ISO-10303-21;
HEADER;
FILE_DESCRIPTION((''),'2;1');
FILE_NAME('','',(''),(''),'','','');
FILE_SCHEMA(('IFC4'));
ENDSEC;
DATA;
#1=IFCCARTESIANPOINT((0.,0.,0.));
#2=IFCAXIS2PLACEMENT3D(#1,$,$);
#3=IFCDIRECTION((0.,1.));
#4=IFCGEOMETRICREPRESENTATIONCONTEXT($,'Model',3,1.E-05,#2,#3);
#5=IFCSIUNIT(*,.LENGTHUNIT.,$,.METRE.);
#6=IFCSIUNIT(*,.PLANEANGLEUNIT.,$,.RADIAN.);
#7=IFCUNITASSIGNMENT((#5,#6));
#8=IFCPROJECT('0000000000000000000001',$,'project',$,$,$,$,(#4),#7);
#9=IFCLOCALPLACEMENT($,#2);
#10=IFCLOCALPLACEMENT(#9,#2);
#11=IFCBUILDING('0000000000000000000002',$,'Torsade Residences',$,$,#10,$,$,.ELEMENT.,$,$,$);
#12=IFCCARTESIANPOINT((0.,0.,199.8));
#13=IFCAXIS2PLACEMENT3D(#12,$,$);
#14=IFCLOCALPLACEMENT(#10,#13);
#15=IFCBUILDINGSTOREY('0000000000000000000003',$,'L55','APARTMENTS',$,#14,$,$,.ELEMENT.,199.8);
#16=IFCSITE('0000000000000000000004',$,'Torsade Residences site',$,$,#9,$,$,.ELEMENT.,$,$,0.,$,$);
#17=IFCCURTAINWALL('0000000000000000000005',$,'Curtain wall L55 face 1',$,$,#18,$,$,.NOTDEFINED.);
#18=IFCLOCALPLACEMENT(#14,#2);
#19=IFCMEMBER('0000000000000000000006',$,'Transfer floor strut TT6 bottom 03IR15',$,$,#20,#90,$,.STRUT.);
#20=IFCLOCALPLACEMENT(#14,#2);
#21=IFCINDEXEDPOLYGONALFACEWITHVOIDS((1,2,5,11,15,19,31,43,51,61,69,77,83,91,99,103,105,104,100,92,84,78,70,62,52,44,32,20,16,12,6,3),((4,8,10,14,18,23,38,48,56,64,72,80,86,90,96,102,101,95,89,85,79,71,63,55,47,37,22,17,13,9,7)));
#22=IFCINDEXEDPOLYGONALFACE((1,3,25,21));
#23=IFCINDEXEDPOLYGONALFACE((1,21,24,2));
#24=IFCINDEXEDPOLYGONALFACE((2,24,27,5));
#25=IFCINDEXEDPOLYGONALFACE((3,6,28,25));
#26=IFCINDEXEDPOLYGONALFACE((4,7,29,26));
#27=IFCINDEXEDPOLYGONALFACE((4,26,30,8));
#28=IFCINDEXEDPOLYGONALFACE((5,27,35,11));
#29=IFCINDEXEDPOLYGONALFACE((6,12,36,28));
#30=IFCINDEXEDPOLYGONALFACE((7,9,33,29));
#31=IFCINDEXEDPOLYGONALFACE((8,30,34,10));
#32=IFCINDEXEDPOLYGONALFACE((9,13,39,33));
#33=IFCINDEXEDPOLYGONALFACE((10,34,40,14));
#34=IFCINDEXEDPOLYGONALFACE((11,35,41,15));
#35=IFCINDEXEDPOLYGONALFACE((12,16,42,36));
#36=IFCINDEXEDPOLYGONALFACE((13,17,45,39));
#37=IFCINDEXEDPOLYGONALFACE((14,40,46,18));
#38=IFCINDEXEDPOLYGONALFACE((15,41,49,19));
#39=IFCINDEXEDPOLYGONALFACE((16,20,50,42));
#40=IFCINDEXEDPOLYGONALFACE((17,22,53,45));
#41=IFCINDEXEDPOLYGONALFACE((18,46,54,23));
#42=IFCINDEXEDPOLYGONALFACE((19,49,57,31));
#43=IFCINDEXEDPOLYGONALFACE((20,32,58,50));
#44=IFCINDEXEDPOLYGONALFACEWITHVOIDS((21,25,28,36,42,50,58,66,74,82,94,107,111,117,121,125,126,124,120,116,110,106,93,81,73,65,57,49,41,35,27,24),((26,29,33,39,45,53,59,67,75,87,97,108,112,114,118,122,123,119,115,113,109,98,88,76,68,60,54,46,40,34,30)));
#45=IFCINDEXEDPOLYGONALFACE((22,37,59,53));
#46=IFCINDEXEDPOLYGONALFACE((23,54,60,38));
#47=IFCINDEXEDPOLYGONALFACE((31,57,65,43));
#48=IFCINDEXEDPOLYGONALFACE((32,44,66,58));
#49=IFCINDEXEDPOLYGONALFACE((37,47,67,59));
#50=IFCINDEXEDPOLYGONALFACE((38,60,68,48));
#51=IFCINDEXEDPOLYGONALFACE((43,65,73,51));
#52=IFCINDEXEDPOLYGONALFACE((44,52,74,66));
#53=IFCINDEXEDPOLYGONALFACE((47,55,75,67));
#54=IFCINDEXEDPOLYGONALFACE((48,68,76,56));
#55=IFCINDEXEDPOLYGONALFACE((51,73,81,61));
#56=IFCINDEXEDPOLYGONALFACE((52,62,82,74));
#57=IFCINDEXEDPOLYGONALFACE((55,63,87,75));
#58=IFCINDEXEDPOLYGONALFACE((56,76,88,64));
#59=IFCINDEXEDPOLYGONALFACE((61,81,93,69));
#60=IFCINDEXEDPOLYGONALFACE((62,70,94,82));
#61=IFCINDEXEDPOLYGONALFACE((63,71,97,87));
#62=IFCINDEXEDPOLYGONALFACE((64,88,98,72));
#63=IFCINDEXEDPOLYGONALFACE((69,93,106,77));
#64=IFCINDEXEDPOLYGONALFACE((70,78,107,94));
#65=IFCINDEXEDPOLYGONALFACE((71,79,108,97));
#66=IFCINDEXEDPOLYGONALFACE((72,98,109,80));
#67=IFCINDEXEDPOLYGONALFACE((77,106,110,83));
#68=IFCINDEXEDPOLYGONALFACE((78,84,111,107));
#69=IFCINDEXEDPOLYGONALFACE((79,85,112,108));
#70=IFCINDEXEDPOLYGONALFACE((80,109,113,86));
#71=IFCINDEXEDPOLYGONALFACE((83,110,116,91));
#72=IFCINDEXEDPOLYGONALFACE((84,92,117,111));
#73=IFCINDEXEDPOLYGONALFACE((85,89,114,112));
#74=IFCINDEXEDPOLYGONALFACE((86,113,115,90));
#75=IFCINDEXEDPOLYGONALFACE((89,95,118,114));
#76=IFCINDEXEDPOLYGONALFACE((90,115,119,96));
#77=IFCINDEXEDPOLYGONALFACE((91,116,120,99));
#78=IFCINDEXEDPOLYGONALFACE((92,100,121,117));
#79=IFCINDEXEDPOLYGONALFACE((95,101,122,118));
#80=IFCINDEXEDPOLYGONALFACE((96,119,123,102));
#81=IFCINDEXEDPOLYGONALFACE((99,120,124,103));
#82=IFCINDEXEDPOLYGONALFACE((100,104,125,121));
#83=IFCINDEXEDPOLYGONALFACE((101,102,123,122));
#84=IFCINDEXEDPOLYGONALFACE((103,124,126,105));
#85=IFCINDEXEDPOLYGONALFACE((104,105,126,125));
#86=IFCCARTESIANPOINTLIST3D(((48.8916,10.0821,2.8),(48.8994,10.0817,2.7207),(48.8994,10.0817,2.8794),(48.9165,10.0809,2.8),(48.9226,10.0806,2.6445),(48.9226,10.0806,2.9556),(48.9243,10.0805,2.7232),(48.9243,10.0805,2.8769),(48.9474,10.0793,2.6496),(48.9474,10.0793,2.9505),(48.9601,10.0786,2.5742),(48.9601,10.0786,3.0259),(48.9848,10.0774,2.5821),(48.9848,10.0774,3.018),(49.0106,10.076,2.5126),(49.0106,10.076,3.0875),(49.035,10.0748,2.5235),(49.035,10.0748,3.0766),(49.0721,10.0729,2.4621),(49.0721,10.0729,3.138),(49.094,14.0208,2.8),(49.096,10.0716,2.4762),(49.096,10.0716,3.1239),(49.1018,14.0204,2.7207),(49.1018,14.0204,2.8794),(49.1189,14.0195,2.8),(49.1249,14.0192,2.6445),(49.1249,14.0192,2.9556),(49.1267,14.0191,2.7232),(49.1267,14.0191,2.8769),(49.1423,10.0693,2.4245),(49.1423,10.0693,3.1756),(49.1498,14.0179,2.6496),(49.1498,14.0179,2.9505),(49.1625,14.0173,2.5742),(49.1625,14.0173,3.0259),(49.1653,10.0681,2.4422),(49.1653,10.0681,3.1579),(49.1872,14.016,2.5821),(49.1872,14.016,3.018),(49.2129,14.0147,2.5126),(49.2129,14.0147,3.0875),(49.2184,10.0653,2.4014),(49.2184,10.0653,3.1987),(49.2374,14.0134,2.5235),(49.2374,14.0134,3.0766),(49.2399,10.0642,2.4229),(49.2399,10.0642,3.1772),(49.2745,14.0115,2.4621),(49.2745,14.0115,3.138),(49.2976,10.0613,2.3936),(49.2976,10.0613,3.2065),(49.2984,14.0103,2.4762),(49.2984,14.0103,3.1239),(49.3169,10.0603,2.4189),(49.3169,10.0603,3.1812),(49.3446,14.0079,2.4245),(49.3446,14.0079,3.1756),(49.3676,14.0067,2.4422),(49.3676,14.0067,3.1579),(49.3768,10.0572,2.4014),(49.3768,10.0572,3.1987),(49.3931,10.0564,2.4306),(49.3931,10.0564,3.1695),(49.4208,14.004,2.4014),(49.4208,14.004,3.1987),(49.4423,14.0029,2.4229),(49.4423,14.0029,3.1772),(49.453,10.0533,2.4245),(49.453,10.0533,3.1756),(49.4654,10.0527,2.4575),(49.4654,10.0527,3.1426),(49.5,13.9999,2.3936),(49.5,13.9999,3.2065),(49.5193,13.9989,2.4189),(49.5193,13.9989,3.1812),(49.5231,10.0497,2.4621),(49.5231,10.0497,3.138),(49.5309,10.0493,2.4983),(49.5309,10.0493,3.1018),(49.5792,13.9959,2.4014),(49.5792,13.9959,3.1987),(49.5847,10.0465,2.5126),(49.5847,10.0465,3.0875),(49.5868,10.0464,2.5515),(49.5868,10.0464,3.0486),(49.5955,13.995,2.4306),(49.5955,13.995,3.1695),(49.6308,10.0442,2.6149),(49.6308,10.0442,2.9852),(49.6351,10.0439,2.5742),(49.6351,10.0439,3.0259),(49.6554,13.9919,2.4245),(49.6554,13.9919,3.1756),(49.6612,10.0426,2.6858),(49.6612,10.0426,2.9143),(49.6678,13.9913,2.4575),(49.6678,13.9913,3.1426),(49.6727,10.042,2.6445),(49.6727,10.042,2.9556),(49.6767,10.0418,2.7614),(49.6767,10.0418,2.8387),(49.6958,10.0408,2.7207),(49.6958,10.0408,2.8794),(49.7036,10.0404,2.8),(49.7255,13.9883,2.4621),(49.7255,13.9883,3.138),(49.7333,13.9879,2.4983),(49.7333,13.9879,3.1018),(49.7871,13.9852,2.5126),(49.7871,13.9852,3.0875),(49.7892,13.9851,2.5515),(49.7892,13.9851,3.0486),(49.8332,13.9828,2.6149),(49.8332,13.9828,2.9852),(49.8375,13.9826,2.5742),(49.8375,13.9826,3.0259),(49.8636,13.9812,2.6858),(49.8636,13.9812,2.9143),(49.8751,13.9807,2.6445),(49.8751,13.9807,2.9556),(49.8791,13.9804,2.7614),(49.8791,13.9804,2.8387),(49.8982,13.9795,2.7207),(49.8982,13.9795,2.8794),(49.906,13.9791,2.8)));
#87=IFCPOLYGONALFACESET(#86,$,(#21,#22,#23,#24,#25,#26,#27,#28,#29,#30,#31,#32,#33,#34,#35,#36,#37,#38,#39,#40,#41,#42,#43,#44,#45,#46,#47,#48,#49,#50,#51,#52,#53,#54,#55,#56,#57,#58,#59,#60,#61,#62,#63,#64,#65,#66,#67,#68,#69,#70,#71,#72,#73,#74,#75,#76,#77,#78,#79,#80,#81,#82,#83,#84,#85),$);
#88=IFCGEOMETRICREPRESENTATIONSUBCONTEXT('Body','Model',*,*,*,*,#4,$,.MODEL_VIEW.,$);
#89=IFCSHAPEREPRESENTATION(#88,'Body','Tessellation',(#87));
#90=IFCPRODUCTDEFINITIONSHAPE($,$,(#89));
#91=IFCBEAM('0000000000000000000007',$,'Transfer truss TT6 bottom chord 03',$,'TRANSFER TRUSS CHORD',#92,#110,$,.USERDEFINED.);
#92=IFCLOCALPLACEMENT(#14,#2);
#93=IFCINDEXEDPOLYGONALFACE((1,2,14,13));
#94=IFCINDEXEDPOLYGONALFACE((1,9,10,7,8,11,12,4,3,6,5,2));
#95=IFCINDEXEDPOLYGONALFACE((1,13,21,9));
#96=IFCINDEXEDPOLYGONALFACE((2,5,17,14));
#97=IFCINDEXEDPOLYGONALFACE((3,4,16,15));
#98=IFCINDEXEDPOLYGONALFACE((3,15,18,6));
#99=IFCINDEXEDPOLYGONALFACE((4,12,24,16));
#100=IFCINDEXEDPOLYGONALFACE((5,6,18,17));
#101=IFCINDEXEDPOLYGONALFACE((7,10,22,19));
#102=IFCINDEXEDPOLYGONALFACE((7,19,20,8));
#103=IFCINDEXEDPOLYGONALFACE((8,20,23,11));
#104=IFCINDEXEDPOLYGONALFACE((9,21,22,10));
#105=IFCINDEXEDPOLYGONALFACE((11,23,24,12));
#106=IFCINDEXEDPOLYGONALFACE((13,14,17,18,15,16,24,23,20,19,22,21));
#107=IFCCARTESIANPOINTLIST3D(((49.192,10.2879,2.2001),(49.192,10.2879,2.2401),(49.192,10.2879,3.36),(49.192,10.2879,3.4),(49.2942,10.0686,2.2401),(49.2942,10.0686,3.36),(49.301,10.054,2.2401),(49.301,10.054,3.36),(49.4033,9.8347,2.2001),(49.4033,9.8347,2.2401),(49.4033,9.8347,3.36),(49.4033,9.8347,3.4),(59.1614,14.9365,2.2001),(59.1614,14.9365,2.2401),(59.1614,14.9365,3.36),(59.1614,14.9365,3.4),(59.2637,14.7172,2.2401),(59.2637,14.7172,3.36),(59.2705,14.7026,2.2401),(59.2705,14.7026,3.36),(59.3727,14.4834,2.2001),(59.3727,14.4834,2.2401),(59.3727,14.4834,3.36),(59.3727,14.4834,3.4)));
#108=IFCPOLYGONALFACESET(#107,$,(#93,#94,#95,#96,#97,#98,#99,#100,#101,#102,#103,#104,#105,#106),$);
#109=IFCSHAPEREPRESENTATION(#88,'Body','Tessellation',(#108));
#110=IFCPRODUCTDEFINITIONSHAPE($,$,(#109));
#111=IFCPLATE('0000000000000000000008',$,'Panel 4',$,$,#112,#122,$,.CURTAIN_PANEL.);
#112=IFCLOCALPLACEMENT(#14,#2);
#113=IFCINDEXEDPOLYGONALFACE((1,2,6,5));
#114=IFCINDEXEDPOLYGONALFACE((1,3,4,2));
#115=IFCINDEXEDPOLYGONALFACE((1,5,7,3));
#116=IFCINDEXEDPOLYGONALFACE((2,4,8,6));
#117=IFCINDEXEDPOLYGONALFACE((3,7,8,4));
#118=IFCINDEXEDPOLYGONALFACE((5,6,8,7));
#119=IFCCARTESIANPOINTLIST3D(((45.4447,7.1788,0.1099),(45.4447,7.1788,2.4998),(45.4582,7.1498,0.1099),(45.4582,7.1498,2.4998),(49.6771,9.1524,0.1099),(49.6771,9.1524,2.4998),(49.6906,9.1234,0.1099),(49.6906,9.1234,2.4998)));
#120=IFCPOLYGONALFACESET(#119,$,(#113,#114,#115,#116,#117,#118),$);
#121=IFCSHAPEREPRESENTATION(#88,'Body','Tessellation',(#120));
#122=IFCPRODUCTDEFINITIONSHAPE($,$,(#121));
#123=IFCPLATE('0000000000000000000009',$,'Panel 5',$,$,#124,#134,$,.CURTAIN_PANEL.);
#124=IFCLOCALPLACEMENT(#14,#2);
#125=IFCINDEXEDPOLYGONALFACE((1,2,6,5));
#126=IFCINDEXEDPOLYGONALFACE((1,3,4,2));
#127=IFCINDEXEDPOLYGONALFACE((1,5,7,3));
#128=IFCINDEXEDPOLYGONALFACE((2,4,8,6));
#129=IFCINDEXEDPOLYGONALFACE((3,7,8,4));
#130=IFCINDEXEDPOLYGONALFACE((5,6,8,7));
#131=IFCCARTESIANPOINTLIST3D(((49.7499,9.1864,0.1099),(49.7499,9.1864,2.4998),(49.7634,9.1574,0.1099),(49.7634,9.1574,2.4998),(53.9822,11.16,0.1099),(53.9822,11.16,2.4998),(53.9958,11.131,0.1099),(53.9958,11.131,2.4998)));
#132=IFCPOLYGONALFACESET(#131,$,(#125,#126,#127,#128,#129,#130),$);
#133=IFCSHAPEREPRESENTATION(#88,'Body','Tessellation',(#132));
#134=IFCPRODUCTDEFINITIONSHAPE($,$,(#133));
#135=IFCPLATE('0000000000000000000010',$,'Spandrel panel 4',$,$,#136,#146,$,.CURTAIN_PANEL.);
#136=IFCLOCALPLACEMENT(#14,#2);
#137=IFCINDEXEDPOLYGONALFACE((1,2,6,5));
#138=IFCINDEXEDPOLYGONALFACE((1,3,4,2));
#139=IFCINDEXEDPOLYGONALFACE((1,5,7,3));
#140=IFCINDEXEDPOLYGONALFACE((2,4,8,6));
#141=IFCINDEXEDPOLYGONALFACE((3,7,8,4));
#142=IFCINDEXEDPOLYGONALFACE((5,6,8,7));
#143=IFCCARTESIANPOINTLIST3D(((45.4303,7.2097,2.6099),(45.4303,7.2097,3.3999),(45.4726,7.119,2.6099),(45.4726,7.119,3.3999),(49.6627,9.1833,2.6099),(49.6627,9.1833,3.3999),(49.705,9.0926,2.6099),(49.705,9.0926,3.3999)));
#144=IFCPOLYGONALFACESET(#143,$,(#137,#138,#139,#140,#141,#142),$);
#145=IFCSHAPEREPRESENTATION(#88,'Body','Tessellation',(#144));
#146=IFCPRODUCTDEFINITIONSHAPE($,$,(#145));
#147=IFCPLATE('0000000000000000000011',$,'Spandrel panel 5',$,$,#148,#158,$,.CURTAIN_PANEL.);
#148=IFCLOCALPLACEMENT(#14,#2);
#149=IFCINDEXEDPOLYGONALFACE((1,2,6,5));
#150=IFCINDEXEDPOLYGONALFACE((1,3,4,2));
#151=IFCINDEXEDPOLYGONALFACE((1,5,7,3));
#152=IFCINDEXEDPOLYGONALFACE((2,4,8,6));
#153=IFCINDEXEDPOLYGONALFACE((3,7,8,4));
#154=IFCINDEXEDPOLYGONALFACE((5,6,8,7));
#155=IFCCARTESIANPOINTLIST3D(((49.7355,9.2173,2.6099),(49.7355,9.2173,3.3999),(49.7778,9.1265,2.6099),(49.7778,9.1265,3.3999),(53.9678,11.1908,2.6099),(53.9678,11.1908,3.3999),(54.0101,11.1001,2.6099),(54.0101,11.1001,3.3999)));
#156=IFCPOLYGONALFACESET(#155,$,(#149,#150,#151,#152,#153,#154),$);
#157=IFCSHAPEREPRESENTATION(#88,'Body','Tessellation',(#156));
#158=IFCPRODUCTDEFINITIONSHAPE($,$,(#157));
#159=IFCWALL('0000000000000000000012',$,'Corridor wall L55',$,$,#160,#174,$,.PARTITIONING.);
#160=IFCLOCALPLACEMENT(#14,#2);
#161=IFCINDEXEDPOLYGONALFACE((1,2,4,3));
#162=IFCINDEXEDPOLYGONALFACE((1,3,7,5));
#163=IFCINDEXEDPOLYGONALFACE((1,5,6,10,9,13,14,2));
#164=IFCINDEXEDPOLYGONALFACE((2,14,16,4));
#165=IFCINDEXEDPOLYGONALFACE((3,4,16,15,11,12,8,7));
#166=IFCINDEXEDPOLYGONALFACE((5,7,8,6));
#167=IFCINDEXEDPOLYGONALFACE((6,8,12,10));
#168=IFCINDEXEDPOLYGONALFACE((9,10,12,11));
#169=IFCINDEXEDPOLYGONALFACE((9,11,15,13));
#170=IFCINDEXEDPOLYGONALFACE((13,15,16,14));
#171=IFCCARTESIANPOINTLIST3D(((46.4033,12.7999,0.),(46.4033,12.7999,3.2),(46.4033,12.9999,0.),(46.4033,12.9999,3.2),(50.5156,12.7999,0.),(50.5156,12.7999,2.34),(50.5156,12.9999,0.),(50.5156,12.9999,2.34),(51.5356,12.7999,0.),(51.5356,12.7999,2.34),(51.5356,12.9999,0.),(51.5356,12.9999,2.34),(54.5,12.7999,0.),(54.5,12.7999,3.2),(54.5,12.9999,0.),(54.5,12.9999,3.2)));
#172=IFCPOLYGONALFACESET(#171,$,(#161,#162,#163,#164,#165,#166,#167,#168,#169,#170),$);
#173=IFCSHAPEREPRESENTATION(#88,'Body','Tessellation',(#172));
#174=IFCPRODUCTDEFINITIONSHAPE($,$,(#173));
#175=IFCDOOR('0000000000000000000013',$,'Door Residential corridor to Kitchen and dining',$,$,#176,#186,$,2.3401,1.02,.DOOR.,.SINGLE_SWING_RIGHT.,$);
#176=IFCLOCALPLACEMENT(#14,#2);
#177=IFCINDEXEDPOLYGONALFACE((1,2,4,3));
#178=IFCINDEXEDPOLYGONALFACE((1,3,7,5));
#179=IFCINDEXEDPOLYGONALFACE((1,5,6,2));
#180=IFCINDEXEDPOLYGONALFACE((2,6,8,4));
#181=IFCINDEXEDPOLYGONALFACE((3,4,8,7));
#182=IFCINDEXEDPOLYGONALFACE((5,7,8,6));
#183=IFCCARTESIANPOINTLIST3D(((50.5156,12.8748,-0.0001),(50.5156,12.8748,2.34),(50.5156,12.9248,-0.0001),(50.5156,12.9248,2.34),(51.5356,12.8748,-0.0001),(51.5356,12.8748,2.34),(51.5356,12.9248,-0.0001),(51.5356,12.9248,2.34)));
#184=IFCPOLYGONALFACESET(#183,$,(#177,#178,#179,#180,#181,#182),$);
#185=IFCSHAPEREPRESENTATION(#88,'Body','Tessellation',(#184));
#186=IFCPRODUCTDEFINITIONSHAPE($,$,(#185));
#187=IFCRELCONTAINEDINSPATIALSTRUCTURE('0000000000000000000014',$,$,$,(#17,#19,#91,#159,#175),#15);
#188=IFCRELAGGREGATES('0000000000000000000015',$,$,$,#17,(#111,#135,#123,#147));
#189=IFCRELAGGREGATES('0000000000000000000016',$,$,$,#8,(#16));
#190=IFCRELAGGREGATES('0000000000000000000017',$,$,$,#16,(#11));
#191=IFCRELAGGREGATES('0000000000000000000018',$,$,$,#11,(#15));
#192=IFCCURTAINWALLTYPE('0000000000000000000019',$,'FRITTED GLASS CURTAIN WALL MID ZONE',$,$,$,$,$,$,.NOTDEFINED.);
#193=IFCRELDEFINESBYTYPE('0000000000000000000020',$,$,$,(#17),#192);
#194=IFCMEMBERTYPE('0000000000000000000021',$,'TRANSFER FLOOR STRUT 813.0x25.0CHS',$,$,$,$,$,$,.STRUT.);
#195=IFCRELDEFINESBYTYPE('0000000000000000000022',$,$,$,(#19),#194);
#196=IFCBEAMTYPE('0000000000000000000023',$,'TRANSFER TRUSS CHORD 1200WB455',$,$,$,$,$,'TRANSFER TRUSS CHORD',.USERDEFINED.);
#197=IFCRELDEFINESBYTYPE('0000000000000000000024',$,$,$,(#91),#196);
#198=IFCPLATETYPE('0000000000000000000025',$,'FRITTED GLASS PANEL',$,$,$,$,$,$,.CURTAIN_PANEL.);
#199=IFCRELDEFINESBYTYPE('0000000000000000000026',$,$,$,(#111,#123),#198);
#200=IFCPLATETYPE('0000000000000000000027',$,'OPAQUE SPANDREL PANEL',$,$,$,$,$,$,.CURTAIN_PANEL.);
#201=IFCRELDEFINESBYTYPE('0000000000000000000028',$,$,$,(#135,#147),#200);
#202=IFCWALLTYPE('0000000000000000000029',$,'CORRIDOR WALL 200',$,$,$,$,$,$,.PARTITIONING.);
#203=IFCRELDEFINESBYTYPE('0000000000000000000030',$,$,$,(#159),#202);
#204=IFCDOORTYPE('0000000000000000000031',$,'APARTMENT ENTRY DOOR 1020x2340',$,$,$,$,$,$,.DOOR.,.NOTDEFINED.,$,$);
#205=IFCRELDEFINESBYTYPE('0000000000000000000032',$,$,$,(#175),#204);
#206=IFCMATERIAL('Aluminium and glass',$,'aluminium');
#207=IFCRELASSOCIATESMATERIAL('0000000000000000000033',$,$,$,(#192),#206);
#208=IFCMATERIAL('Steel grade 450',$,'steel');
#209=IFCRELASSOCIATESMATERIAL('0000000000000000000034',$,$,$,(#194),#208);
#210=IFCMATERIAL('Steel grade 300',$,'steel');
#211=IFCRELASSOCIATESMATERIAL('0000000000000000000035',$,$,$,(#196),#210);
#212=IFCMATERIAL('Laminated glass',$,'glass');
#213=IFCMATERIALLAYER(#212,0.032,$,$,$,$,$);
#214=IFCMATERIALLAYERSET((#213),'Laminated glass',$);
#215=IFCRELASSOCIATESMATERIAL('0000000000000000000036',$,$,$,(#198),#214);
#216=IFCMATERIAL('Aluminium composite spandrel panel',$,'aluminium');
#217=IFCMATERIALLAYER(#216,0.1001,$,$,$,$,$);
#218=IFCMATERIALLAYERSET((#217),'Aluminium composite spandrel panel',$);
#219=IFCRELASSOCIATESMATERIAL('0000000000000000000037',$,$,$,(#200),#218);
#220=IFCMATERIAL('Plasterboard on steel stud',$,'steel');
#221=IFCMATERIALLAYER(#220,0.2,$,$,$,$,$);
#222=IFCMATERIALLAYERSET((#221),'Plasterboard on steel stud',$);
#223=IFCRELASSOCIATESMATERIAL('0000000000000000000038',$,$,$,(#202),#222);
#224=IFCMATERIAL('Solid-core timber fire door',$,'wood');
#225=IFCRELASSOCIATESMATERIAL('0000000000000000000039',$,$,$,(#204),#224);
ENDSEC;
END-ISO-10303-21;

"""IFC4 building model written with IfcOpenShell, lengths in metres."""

from ifc_helpers import new_model, si_unit, direction, frame, frame_2d, origin, origin_2d, place, context, subcontext, project, spatial, rectangle, hollow_circle, i_section, extrude, material, layer, layer_set, material_profile, profile_set, type_object, element, fill, aggregate, save


model = new_model("IFC4")

# Units and contexts
model_context = context("Model", 3, precision=1e-05, world=origin(), true_north=direction((0.0, 1.0)))
body_context = subcontext(model_context, "Body", "Model", "MODEL_VIEW")
ifc_project = project(units=[si_unit("LENGTHUNIT", "METRE"), si_unit("PLANEANGLEUNIT", "RADIAN")], contexts=[model_context])

# Site, building, storey
site_placement = place(None, origin())
site = spatial("IfcSite", under=ifc_project, at=site_placement, Name="Torsade Residences site", CompositionType="ELEMENT", RefElevation=0.0)
building_placement = place(site_placement, origin())
building = spatial("IfcBuilding", under=site, at=building_placement, Name="Torsade Residences", CompositionType="ELEMENT")
storey_placement = place(building_placement, frame((0.0, 0.0, 199.8)))
storey = spatial("IfcBuildingStorey", under=building, at=storey_placement, Name="L55", Description="APARTMENTS", CompositionType="ELEMENT", Elevation=199.8)

# Curtain wall
ifc_material_1 = material(Name="Aluminium and glass", Category="aluminium")
curtain_wall_type = type_object("IfcCurtainWallType", Name="FRITTED GLASS CURTAIN WALL MID ZONE", PredefinedType="NOTDEFINED", material=ifc_material_1)
curtain_wall_placement = place(storey_placement, origin())
curtain_wall = element("IfcCurtainWall", 1, at=curtain_wall_placement, inside=storey, type_object=curtain_wall_type, Name="Curtain wall L55 face 1", PredefinedType="NOTDEFINED")

# Member
ifc_material_2 = material(Name="Steel grade 450", Category="steel")
ifc_material_profile_1 = material_profile(ifc_material_2, hollow_circle(Radius=0.4065, WallThickness=0.0249, at=origin_2d()), Name="813.0x25.0CHS")
ifc_profile_set_1 = profile_set([ifc_material_profile_1], Name="Steel grade 450")
member_type_1 = type_object("IfcMemberType", Name="TRANSFER FLOOR STRUT 813.0x25.0CHS", PredefinedType="STRUT", material=ifc_profile_set_1)
member_1_placement = place(storey_placement, frame((49.2976, 10.0613, 2.8), z_axis=(0.051318, 0.998682, 0.0), x_axis=(-0.998682, 0.051318, 0.0)))
element("IfcMember", 2, at=member_1_placement, inside=storey, type_object=member_type_1, Name="Transfer floor strut TT6 bottom 03IR15", PredefinedType="STRUT", context=body_context, shape_type="SweptSolid", body=[
    extrude(hollow_circle(Radius=0.4065, WallThickness=0.0249, at=origin_2d()), origin(), (0.0, 0.0, 1.0), 3.9438),
])

# Beam
ifc_material_3 = material(Name="Steel grade 300", Category="steel")
ifc_material_profile_2 = material_profile(ifc_material_3, i_section(OverallWidth=0.5, OverallDepth=1.2, WebThickness=0.0161, FlangeThickness=0.04, at=origin_2d()), Name="1200WB455")
ifc_profile_set_2 = profile_set([ifc_material_profile_2], Name="Steel grade 300")
beam_type_1 = type_object("IfcBeamType", Name="TRANSFER TRUSS CHORD 1200WB455", ElementType="TRANSFER TRUSS CHORD", PredefinedType="USERDEFINED", material=ifc_profile_set_2)
beam_1_placement = place(storey_placement, frame((49.2976, 10.0613, 2.8), z_axis=(0.906314, 0.422606, 0.0), x_axis=(-0.422606, 0.906314, 0.0)))
element("IfcBeam", 3, at=beam_1_placement, inside=storey, type_object=beam_type_1, Name="Transfer truss TT6 bottom chord 03", ObjectType="TRANSFER TRUSS CHORD", PredefinedType="USERDEFINED", context=body_context, shape_type="SweptSolid", body=[
    extrude(i_section(OverallWidth=0.5, OverallDepth=1.2, WebThickness=0.0161, FlangeThickness=0.04, at=origin_2d()), origin(), (0.0, 0.0, 1.0), 11.0),
])

# Plates
ifc_material_4 = material(Name="Laminated glass", Category="glass")
ifc_layer_1 = layer(ifc_material_4, 0.032)
ifc_layer_set_1 = layer_set([ifc_layer_1], Name="Laminated glass")
plate_type_1 = type_object("IfcPlateType", Name="FRITTED GLASS PANEL", PredefinedType="CURTAIN_PANEL", material=ifc_layer_set_1)
plate_1_placement = place(storey_placement, frame((47.5676, 8.1511, 0.1099), z_axis=(0.0, 0.0, 1.0), x_axis=(0.906308, 0.422618, 0.0)))
plate_1 = element("IfcPlate", 4, at=plate_1_placement, type_object=plate_type_1, Name="Panel 4", PredefinedType="CURTAIN_PANEL", context=body_context, shape_type="SweptSolid", body=[
    extrude(rectangle(XDim=4.6699, YDim=0.032, at=origin_2d()), origin(), (0.0, 0.0, 1.0), 2.3899),
])
plate_2_placement = place(storey_placement, frame((51.8728, 10.1587, 0.1099), z_axis=(0.0, 0.0, 1.0), x_axis=(0.906308, 0.422618, 0.0)))
plate_2 = element("IfcPlate", 5, at=plate_2_placement, type_object=plate_type_1, Name="Panel 5", PredefinedType="CURTAIN_PANEL", context=body_context, shape_type="SweptSolid", body=[
    extrude(rectangle(XDim=4.6699, YDim=0.032, at=origin_2d()), origin(), (0.0, 0.0, 1.0), 2.3899),
])
ifc_material_5 = material(Name="Aluminium composite spandrel panel", Category="aluminium")
ifc_layer_2 = layer(ifc_material_5, 0.1001)
ifc_layer_set_2 = layer_set([ifc_layer_2], Name="Aluminium composite spandrel panel")
plate_type_2 = type_object("IfcPlateType", Name="OPAQUE SPANDREL PANEL", PredefinedType="CURTAIN_PANEL", material=ifc_layer_set_2)
plate_3_placement = place(storey_placement, frame((47.5676, 8.1511, 2.6099), z_axis=(0.0, 0.0, 1.0), x_axis=(0.906308, 0.422618, 0.0)))
plate_3 = element("IfcPlate", 6, at=plate_3_placement, type_object=plate_type_2, Name="Spandrel panel 4", PredefinedType="CURTAIN_PANEL", context=body_context, shape_type="SweptSolid", body=[
    extrude(rectangle(XDim=4.6699, YDim=0.1001, at=origin_2d()), origin(), (0.0, 0.0, 1.0), 0.79),
])
plate_4_placement = place(storey_placement, frame((51.8728, 10.1587, 2.6099), z_axis=(0.0, 0.0, 1.0), x_axis=(0.906308, 0.422618, 0.0)))
plate_4 = element("IfcPlate", 7, at=plate_4_placement, type_object=plate_type_2, Name="Spandrel panel 5", PredefinedType="CURTAIN_PANEL", context=body_context, shape_type="SweptSolid", body=[
    extrude(rectangle(XDim=4.6699, YDim=0.1001, at=origin_2d()), origin(), (0.0, 0.0, 1.0), 0.79),
])
aggregate(curtain_wall, [plate_1, plate_3, plate_2, plate_4])

# Wall, opening, door
ifc_material_6 = material(Name="Plasterboard on steel stud", Category="steel")
ifc_layer_3 = layer(ifc_material_6, 0.2)
ifc_layer_set_3 = layer_set([ifc_layer_3], Name="Plasterboard on steel stud")
wall_type_1 = type_object("IfcWallType", Name="CORRIDOR WALL 200", PredefinedType="PARTITIONING", material=ifc_layer_set_3)
wall_1_placement = place(storey_placement, frame((46.4033, 12.8999, 0.0), z_axis=(0.0, 0.0, 1.0), x_axis=(1.0, 0.0, 0.0)))
wall_1 = element("IfcWall", 8, at=wall_1_placement, inside=storey, type_object=wall_type_1, Name="Corridor wall L55", PredefinedType="PARTITIONING", context=body_context, shape_type="SweptSolid", body=[
    extrude(rectangle(XDim=8.0967, YDim=0.2, at=frame_2d((4.0483, 0.0))), origin(), (0.0, 0.0, 1.0), 3.2),
])
opening_1_placement = place(wall_1_placement, frame((4.1123, 0.0, 0.0)))
opening_1 = element("IfcOpeningElement", 9, at=opening_1_placement, cuts=wall_1, PredefinedType="OPENING", context=body_context, shape_type="SweptSolid", body=[
    extrude(rectangle(XDim=1.02, YDim=2.3401, at=frame_2d((0.51, 1.1699))), frame((0.0, 0.1099, 0.0), z_axis=(0.0, -1.0, 0.0), x_axis=(1.0, 0.0, 0.0)), (0.0, 0.0, 1.0), 0.22),
])
ifc_material_7 = material(Name="Solid-core timber fire door", Category="wood")
door_type_1 = type_object("IfcDoorType", Name="APARTMENT ENTRY DOOR 1020x2340", OperationType="NOTDEFINED", PredefinedType="DOOR", material=ifc_material_7)
door_1_placement = place(opening_1_placement, origin())
door_1 = element("IfcDoor", 10, at=door_1_placement, inside=storey, type_object=door_type_1, Name="Door Residential corridor to Kitchen and dining", OperationType="SINGLE_SWING_RIGHT", OverallHeight=2.3401, OverallWidth=1.02, PredefinedType="DOOR", context=body_context, shape_type="SweptSolid", body=[
    extrude(rectangle(XDim=1.02, YDim=2.3401, at=frame_2d((0.51, 1.1699))), frame((0.0, 0.0249, 0.0), z_axis=(0.0, -1.0, 0.0), x_axis=(1.0, 0.0, 0.0)), (0.0, 0.0, 1.0), 0.05),
])
fill(opening_1, door_1)

save(model, "model.ifc")
